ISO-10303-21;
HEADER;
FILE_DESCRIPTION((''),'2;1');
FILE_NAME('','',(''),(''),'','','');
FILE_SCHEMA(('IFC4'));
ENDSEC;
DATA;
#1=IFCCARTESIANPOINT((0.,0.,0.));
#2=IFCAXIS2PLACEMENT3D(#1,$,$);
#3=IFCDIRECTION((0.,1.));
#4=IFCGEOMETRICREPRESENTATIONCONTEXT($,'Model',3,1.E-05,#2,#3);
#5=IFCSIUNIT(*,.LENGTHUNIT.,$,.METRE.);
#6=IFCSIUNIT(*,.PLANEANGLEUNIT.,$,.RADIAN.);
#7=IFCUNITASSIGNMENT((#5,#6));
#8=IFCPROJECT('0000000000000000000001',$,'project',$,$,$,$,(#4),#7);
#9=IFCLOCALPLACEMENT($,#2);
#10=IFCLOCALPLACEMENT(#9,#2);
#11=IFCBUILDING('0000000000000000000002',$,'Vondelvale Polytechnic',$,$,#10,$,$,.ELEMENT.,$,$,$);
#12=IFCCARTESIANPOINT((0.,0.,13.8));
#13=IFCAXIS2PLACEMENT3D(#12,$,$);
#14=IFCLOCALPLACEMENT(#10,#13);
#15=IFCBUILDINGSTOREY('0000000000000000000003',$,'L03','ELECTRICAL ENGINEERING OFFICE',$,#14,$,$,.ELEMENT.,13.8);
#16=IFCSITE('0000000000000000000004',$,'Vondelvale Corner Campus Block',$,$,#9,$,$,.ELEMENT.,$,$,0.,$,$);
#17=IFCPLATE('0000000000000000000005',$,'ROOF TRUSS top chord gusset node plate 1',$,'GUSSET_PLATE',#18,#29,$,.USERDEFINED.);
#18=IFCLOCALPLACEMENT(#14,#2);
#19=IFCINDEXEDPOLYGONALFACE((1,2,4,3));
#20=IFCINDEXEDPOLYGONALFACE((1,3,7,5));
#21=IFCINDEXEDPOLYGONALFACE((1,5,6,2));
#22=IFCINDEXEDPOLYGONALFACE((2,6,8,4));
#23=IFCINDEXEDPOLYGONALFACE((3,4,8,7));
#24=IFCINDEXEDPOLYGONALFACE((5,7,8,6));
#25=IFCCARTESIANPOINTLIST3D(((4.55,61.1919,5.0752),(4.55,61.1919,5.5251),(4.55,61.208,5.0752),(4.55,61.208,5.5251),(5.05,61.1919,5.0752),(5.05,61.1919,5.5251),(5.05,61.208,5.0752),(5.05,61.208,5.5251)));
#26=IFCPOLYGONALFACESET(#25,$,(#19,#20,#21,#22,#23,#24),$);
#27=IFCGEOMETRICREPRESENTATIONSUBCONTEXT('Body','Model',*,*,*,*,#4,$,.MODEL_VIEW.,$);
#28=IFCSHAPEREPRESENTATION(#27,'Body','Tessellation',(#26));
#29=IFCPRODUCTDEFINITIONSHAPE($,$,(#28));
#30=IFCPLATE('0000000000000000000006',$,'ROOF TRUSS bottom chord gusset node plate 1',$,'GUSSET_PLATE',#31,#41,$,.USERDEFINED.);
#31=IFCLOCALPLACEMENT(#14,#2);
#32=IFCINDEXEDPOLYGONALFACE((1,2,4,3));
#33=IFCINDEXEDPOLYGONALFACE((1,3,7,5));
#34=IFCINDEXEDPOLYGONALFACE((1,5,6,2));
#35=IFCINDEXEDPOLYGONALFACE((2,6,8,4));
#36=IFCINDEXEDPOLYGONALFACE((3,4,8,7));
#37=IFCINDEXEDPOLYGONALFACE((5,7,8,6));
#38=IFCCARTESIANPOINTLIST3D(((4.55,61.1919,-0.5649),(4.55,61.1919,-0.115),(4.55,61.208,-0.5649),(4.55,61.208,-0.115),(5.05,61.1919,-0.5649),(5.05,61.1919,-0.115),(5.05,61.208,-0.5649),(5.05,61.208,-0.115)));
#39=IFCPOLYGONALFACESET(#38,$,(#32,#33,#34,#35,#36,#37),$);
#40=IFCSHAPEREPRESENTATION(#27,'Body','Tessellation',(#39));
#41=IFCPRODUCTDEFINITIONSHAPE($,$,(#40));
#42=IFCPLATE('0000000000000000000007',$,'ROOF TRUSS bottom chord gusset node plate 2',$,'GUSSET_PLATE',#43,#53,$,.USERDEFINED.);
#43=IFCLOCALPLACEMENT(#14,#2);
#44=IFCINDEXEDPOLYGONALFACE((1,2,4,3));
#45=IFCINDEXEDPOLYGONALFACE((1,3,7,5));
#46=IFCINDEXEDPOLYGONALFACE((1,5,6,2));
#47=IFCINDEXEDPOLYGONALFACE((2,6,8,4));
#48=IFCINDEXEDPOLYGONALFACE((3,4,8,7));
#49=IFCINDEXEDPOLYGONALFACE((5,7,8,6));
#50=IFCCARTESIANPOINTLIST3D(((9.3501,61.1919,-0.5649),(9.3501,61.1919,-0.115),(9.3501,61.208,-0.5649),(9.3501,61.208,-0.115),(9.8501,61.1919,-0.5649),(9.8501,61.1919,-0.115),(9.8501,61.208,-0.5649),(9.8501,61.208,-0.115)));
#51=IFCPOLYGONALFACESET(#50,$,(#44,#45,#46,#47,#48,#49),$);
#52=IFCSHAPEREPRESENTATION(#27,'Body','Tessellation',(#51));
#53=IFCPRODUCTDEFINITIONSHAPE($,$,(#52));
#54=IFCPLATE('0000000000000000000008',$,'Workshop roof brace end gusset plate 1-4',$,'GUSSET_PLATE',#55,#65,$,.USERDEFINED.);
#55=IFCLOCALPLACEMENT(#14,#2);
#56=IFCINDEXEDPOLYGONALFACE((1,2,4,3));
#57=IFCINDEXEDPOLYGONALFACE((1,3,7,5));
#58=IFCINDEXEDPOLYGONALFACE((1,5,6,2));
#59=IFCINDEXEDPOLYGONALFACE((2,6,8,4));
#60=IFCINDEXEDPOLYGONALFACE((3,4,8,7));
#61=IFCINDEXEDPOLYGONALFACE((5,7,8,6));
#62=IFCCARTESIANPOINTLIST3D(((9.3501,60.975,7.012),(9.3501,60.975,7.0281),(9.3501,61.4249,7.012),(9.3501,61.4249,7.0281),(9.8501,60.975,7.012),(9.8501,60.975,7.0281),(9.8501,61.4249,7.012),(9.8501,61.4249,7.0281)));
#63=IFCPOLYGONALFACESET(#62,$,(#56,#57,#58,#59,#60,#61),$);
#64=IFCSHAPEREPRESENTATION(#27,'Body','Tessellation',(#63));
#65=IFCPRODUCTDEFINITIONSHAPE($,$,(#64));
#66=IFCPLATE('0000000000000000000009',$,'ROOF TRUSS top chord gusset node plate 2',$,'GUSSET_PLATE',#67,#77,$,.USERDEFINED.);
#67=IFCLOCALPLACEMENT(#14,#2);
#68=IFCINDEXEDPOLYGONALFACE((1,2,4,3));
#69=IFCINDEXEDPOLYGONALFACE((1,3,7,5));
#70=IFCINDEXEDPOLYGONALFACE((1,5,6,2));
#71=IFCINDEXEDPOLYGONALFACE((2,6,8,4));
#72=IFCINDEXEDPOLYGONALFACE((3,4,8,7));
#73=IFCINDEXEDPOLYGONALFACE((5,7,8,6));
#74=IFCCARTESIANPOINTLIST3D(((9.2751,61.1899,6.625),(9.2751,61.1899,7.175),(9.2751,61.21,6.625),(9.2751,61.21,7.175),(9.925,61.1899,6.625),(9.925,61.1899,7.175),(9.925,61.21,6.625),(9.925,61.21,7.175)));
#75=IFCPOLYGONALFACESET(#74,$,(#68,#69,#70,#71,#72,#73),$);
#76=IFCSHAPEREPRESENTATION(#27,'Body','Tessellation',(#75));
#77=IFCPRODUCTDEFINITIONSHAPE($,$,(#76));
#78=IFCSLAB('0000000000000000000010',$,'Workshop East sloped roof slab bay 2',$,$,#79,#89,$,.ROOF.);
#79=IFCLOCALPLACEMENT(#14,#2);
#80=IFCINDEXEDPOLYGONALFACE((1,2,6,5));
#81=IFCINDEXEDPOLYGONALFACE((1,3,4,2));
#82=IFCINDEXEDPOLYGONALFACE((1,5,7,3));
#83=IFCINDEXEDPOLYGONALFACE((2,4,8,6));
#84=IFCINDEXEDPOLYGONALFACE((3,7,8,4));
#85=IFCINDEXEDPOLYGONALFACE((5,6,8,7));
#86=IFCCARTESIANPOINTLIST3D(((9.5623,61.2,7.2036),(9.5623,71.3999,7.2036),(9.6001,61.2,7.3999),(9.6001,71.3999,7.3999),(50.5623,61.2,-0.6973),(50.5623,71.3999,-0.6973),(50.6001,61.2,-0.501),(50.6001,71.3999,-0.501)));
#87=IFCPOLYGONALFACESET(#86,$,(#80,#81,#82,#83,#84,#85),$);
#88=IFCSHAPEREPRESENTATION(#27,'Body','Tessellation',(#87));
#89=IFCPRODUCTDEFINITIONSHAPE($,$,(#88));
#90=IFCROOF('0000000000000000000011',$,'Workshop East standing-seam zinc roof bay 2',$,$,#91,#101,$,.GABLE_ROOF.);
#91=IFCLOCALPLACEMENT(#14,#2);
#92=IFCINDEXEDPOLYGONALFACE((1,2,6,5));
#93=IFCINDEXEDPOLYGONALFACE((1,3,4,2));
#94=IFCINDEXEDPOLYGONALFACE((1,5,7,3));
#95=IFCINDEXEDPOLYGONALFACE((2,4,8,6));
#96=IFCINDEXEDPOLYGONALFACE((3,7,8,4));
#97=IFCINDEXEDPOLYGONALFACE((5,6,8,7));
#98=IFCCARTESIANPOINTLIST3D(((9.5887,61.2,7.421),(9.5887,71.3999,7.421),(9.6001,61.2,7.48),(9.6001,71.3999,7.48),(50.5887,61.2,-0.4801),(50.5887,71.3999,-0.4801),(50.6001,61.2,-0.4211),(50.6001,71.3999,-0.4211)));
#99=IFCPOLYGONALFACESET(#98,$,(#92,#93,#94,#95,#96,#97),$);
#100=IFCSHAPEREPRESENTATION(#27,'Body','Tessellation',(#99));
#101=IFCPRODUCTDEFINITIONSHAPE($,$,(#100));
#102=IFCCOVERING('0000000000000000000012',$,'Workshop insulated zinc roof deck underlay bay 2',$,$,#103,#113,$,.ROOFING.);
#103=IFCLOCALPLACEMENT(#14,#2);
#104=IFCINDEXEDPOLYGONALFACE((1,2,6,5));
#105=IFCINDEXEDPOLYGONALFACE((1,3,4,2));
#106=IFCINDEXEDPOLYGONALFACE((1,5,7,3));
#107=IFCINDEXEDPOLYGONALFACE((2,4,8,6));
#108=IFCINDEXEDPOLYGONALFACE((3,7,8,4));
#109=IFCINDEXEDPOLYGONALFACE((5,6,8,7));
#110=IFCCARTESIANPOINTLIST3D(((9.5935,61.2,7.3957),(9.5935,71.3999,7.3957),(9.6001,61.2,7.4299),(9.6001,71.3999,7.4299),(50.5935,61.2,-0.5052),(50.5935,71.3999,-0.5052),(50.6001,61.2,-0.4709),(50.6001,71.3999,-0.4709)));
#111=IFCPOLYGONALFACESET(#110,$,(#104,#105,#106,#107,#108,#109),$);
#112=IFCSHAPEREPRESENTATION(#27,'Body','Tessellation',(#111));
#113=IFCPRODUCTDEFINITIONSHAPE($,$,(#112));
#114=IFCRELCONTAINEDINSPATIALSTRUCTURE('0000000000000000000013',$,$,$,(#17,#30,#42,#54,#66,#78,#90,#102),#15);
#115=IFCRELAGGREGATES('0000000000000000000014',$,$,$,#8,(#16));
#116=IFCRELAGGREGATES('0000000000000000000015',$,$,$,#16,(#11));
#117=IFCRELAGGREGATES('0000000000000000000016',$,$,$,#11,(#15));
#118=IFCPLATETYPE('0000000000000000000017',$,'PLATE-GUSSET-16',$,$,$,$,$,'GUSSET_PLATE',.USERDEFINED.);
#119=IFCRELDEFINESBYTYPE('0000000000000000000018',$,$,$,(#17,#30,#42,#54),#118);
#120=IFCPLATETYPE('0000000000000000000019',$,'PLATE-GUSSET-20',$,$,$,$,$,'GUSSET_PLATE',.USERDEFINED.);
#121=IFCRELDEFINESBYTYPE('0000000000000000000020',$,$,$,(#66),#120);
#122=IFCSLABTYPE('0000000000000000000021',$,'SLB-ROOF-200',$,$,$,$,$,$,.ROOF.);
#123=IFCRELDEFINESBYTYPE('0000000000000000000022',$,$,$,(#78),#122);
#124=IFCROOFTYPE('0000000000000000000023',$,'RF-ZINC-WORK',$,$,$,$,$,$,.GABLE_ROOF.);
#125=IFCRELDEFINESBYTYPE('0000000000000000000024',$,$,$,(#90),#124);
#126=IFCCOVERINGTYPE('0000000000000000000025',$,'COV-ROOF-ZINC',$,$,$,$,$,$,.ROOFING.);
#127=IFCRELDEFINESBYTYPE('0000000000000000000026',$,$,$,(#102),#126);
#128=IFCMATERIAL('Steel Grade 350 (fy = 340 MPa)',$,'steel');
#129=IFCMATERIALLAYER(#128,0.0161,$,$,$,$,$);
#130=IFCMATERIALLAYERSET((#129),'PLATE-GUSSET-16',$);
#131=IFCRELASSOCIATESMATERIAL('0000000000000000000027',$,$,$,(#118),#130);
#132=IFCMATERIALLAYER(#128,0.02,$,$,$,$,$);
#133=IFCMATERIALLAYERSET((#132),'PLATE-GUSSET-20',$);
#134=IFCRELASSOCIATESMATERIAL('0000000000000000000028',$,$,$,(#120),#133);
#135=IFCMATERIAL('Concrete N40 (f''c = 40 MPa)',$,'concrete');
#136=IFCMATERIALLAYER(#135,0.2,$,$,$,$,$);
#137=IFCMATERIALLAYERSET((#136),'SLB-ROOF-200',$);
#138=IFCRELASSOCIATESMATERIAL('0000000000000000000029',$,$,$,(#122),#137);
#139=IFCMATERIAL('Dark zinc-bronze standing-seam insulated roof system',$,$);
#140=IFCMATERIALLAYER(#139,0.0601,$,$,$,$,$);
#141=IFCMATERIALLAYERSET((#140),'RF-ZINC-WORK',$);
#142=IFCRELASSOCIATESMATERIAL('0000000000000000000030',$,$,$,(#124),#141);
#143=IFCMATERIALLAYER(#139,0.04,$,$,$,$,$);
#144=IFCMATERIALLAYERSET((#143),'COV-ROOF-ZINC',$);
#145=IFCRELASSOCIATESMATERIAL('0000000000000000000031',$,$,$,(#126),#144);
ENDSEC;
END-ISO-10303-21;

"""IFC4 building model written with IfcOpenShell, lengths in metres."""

from ifc_helpers import new_model, si_unit, direction, frame, origin, origin_2d, place, context, subcontext, project, spatial, polyline, rectangle, outline, extrude, material, layer, layer_set, type_object, element, save


model = new_model("IFC4")

# Units and contexts
model_context = context("Model", 3, precision=1e-05, world=origin(), true_north=direction((0.0, 1.0)))
body_context = subcontext(model_context, "Body", "Model", "MODEL_VIEW")
ifc_project = project(units=[si_unit("LENGTHUNIT", "METRE"), si_unit("PLANEANGLEUNIT", "RADIAN")], contexts=[model_context])

# Site, building, storey
site_placement = place(None, origin())
site = spatial("IfcSite", under=ifc_project, at=site_placement, Name="Vondelvale Corner Campus Block", CompositionType="ELEMENT", RefElevation=0.0)
building_placement = place(site_placement, origin())
building = spatial("IfcBuilding", under=site, at=building_placement, Name="Vondelvale Polytechnic", CompositionType="ELEMENT")
storey_placement = place(building_placement, frame((0.0, 0.0, 13.8)))
storey = spatial("IfcBuildingStorey", under=building, at=storey_placement, Name="L03", Description="ELECTRICAL ENGINEERING OFFICE", CompositionType="ELEMENT", Elevation=13.8)

# Plates
ifc_material_1 = material(Name="Steel Grade 350 (fy = 340 MPa)", Category="steel")
ifc_layer_1 = layer(ifc_material_1, 0.0161)
ifc_layer_set_1 = layer_set([ifc_layer_1], Name="PLATE-GUSSET-16")
plate_type_1 = type_object("IfcPlateType", Name="PLATE-GUSSET-16", ElementType="GUSSET_PLATE", PredefinedType="USERDEFINED", material=ifc_layer_set_1)
for number, where, z_axis, x_axis, name in (
    (1, (4.8, 61.2, 5.0752), (0.0, 0.0, 1.0), (1.0, 0.0, 0.0), "ROOF TRUSS top chord gusset node plate 1"),
    (2, (4.8, 61.2, -0.5649), (0.0, 0.0, 1.0), (1.0, 0.0, 0.0), "ROOF TRUSS bottom chord gusset node plate 1"),
    (3, (9.6001, 61.2, -0.5649), (0.0, 0.0, 1.0), (1.0, 0.0, 0.0), "ROOF TRUSS bottom chord gusset node plate 2"),
):
    element("IfcPlate", number, at=place(storey_placement, frame(where, z_axis=z_axis, x_axis=x_axis)), inside=storey, type_object=plate_type_1, Name=name, ObjectType="GUSSET_PLATE", PredefinedType="USERDEFINED", context=body_context, shape_type="SweptSolid", body=[
        extrude(rectangle(XDim=0.5, YDim=0.0161, at=origin_2d()), origin(), (0.0, 0.0, 1.0), 0.45),
    ])
plate_1_placement = place(storey_placement, frame((9.6001, 61.2, 7.012), z_axis=(0.0, 0.0, 1.0), x_axis=(1.0, 0.0, 0.0)))
element("IfcPlate", 4, at=plate_1_placement, inside=storey, type_object=plate_type_1, Name="Workshop roof brace end gusset plate 1-4", ObjectType="GUSSET_PLATE", PredefinedType="USERDEFINED", context=body_context, shape_type="SweptSolid", body=[
    extrude(rectangle(XDim=0.5, YDim=0.45, at=origin_2d()), origin(), (0.0, 0.0, 1.0), 0.0161),
])
ifc_layer_2 = layer(ifc_material_1, 0.02)
ifc_layer_set_2 = layer_set([ifc_layer_2], Name="PLATE-GUSSET-20")
plate_type_2 = type_object("IfcPlateType", Name="PLATE-GUSSET-20", ElementType="GUSSET_PLATE", PredefinedType="USERDEFINED", material=ifc_layer_set_2)
plate_2_placement = place(storey_placement, frame((9.6001, 61.2, 6.625), z_axis=(0.0, 0.0, 1.0), x_axis=(1.0, 0.0, 0.0)))
element("IfcPlate", 5, at=plate_2_placement, inside=storey, type_object=plate_type_2, Name="ROOF TRUSS top chord gusset node plate 2", ObjectType="GUSSET_PLATE", PredefinedType="USERDEFINED", context=body_context, shape_type="SweptSolid", body=[
    extrude(rectangle(XDim=0.6499, YDim=0.02, at=origin_2d()), origin(), (0.0, 0.0, 1.0), 0.55),
])

# Slab
ifc_material_2 = material(Name="Concrete N40 (f'c = 40 MPa)", Category="concrete")
ifc_layer_3 = layer(ifc_material_2, 0.2)
ifc_layer_set_3 = layer_set([ifc_layer_3], Name="SLB-ROOF-200")
slab_type = type_object("IfcSlabType", Name="SLB-ROOF-200", PredefinedType="ROOF", material=ifc_layer_set_3)
slab_placement = place(storey_placement, frame((9.6001, 61.2, 7.3999), z_axis=(0.189223, 0.0, 0.981934), x_axis=(0.981934, 0.0, -0.189223)))
element("IfcSlab", 6, at=slab_placement, inside=storey, type_object=slab_type, Name="Workshop East sloped roof slab bay 2", PredefinedType="ROOF", context=body_context, shape_type="SweptSolid", body=[
    extrude(outline(polyline([(0.0, 0.0), (41.7543, 0.0), (41.7543, 10.2), (0.0, 10.2), (0.0, 0.0)])), origin(), (0.0, 0.0, -1.0), 0.2),
])

# Roof
ifc_material_3 = material(Name="Dark zinc-bronze standing-seam insulated roof system")
ifc_layer_4 = layer(ifc_material_3, 0.0601)
ifc_layer_set_4 = layer_set([ifc_layer_4], Name="RF-ZINC-WORK")
roof_type = type_object("IfcRoofType", Name="RF-ZINC-WORK", PredefinedType="GABLE_ROOF", material=ifc_layer_set_4)
roof_placement = place(storey_placement, frame((9.6001, 61.2, 7.48), z_axis=(0.189229, 0.0, 0.981933), x_axis=(0.981933, 0.0, -0.189229)))
element("IfcRoof", 7, at=roof_placement, inside=storey, type_object=roof_type, Name="Workshop East standing-seam zinc roof bay 2", PredefinedType="GABLE_ROOF", context=body_context, shape_type="SweptSolid", body=[
    extrude(outline(polyline([(0.0, 0.0), (41.7544, 0.0), (41.7544, 10.2), (0.0, 10.2), (0.0, 0.0)])), origin(), (0.0, 0.0, -1.0), 0.0601),
])

# Covering
ifc_layer_5 = layer(ifc_material_3, 0.04)
ifc_layer_set_5 = layer_set([ifc_layer_5], Name="COV-ROOF-ZINC")
covering_type = type_object("IfcCoveringType", Name="COV-ROOF-ZINC", PredefinedType="ROOFING", material=ifc_layer_set_5)
covering_placement = place(storey_placement, frame((9.6001, 61.2, 7.4299), z_axis=(0.189223, 0.0, 0.981934), x_axis=(0.981934, 0.0, -0.189223)))
element("IfcCovering", 8, at=covering_placement, inside=storey, type_object=covering_type, Name="Workshop insulated zinc roof deck underlay bay 2", PredefinedType="ROOFING", context=body_context, shape_type="SweptSolid", body=[
    extrude(outline(polyline([(0.0, 0.0), (41.7543, 0.0), (41.7543, 10.2), (0.0, 10.2), (0.0, 0.0)])), origin(), (0.0, 0.0, -1.0), 0.0349),
])

save(model, "model.ifc")
